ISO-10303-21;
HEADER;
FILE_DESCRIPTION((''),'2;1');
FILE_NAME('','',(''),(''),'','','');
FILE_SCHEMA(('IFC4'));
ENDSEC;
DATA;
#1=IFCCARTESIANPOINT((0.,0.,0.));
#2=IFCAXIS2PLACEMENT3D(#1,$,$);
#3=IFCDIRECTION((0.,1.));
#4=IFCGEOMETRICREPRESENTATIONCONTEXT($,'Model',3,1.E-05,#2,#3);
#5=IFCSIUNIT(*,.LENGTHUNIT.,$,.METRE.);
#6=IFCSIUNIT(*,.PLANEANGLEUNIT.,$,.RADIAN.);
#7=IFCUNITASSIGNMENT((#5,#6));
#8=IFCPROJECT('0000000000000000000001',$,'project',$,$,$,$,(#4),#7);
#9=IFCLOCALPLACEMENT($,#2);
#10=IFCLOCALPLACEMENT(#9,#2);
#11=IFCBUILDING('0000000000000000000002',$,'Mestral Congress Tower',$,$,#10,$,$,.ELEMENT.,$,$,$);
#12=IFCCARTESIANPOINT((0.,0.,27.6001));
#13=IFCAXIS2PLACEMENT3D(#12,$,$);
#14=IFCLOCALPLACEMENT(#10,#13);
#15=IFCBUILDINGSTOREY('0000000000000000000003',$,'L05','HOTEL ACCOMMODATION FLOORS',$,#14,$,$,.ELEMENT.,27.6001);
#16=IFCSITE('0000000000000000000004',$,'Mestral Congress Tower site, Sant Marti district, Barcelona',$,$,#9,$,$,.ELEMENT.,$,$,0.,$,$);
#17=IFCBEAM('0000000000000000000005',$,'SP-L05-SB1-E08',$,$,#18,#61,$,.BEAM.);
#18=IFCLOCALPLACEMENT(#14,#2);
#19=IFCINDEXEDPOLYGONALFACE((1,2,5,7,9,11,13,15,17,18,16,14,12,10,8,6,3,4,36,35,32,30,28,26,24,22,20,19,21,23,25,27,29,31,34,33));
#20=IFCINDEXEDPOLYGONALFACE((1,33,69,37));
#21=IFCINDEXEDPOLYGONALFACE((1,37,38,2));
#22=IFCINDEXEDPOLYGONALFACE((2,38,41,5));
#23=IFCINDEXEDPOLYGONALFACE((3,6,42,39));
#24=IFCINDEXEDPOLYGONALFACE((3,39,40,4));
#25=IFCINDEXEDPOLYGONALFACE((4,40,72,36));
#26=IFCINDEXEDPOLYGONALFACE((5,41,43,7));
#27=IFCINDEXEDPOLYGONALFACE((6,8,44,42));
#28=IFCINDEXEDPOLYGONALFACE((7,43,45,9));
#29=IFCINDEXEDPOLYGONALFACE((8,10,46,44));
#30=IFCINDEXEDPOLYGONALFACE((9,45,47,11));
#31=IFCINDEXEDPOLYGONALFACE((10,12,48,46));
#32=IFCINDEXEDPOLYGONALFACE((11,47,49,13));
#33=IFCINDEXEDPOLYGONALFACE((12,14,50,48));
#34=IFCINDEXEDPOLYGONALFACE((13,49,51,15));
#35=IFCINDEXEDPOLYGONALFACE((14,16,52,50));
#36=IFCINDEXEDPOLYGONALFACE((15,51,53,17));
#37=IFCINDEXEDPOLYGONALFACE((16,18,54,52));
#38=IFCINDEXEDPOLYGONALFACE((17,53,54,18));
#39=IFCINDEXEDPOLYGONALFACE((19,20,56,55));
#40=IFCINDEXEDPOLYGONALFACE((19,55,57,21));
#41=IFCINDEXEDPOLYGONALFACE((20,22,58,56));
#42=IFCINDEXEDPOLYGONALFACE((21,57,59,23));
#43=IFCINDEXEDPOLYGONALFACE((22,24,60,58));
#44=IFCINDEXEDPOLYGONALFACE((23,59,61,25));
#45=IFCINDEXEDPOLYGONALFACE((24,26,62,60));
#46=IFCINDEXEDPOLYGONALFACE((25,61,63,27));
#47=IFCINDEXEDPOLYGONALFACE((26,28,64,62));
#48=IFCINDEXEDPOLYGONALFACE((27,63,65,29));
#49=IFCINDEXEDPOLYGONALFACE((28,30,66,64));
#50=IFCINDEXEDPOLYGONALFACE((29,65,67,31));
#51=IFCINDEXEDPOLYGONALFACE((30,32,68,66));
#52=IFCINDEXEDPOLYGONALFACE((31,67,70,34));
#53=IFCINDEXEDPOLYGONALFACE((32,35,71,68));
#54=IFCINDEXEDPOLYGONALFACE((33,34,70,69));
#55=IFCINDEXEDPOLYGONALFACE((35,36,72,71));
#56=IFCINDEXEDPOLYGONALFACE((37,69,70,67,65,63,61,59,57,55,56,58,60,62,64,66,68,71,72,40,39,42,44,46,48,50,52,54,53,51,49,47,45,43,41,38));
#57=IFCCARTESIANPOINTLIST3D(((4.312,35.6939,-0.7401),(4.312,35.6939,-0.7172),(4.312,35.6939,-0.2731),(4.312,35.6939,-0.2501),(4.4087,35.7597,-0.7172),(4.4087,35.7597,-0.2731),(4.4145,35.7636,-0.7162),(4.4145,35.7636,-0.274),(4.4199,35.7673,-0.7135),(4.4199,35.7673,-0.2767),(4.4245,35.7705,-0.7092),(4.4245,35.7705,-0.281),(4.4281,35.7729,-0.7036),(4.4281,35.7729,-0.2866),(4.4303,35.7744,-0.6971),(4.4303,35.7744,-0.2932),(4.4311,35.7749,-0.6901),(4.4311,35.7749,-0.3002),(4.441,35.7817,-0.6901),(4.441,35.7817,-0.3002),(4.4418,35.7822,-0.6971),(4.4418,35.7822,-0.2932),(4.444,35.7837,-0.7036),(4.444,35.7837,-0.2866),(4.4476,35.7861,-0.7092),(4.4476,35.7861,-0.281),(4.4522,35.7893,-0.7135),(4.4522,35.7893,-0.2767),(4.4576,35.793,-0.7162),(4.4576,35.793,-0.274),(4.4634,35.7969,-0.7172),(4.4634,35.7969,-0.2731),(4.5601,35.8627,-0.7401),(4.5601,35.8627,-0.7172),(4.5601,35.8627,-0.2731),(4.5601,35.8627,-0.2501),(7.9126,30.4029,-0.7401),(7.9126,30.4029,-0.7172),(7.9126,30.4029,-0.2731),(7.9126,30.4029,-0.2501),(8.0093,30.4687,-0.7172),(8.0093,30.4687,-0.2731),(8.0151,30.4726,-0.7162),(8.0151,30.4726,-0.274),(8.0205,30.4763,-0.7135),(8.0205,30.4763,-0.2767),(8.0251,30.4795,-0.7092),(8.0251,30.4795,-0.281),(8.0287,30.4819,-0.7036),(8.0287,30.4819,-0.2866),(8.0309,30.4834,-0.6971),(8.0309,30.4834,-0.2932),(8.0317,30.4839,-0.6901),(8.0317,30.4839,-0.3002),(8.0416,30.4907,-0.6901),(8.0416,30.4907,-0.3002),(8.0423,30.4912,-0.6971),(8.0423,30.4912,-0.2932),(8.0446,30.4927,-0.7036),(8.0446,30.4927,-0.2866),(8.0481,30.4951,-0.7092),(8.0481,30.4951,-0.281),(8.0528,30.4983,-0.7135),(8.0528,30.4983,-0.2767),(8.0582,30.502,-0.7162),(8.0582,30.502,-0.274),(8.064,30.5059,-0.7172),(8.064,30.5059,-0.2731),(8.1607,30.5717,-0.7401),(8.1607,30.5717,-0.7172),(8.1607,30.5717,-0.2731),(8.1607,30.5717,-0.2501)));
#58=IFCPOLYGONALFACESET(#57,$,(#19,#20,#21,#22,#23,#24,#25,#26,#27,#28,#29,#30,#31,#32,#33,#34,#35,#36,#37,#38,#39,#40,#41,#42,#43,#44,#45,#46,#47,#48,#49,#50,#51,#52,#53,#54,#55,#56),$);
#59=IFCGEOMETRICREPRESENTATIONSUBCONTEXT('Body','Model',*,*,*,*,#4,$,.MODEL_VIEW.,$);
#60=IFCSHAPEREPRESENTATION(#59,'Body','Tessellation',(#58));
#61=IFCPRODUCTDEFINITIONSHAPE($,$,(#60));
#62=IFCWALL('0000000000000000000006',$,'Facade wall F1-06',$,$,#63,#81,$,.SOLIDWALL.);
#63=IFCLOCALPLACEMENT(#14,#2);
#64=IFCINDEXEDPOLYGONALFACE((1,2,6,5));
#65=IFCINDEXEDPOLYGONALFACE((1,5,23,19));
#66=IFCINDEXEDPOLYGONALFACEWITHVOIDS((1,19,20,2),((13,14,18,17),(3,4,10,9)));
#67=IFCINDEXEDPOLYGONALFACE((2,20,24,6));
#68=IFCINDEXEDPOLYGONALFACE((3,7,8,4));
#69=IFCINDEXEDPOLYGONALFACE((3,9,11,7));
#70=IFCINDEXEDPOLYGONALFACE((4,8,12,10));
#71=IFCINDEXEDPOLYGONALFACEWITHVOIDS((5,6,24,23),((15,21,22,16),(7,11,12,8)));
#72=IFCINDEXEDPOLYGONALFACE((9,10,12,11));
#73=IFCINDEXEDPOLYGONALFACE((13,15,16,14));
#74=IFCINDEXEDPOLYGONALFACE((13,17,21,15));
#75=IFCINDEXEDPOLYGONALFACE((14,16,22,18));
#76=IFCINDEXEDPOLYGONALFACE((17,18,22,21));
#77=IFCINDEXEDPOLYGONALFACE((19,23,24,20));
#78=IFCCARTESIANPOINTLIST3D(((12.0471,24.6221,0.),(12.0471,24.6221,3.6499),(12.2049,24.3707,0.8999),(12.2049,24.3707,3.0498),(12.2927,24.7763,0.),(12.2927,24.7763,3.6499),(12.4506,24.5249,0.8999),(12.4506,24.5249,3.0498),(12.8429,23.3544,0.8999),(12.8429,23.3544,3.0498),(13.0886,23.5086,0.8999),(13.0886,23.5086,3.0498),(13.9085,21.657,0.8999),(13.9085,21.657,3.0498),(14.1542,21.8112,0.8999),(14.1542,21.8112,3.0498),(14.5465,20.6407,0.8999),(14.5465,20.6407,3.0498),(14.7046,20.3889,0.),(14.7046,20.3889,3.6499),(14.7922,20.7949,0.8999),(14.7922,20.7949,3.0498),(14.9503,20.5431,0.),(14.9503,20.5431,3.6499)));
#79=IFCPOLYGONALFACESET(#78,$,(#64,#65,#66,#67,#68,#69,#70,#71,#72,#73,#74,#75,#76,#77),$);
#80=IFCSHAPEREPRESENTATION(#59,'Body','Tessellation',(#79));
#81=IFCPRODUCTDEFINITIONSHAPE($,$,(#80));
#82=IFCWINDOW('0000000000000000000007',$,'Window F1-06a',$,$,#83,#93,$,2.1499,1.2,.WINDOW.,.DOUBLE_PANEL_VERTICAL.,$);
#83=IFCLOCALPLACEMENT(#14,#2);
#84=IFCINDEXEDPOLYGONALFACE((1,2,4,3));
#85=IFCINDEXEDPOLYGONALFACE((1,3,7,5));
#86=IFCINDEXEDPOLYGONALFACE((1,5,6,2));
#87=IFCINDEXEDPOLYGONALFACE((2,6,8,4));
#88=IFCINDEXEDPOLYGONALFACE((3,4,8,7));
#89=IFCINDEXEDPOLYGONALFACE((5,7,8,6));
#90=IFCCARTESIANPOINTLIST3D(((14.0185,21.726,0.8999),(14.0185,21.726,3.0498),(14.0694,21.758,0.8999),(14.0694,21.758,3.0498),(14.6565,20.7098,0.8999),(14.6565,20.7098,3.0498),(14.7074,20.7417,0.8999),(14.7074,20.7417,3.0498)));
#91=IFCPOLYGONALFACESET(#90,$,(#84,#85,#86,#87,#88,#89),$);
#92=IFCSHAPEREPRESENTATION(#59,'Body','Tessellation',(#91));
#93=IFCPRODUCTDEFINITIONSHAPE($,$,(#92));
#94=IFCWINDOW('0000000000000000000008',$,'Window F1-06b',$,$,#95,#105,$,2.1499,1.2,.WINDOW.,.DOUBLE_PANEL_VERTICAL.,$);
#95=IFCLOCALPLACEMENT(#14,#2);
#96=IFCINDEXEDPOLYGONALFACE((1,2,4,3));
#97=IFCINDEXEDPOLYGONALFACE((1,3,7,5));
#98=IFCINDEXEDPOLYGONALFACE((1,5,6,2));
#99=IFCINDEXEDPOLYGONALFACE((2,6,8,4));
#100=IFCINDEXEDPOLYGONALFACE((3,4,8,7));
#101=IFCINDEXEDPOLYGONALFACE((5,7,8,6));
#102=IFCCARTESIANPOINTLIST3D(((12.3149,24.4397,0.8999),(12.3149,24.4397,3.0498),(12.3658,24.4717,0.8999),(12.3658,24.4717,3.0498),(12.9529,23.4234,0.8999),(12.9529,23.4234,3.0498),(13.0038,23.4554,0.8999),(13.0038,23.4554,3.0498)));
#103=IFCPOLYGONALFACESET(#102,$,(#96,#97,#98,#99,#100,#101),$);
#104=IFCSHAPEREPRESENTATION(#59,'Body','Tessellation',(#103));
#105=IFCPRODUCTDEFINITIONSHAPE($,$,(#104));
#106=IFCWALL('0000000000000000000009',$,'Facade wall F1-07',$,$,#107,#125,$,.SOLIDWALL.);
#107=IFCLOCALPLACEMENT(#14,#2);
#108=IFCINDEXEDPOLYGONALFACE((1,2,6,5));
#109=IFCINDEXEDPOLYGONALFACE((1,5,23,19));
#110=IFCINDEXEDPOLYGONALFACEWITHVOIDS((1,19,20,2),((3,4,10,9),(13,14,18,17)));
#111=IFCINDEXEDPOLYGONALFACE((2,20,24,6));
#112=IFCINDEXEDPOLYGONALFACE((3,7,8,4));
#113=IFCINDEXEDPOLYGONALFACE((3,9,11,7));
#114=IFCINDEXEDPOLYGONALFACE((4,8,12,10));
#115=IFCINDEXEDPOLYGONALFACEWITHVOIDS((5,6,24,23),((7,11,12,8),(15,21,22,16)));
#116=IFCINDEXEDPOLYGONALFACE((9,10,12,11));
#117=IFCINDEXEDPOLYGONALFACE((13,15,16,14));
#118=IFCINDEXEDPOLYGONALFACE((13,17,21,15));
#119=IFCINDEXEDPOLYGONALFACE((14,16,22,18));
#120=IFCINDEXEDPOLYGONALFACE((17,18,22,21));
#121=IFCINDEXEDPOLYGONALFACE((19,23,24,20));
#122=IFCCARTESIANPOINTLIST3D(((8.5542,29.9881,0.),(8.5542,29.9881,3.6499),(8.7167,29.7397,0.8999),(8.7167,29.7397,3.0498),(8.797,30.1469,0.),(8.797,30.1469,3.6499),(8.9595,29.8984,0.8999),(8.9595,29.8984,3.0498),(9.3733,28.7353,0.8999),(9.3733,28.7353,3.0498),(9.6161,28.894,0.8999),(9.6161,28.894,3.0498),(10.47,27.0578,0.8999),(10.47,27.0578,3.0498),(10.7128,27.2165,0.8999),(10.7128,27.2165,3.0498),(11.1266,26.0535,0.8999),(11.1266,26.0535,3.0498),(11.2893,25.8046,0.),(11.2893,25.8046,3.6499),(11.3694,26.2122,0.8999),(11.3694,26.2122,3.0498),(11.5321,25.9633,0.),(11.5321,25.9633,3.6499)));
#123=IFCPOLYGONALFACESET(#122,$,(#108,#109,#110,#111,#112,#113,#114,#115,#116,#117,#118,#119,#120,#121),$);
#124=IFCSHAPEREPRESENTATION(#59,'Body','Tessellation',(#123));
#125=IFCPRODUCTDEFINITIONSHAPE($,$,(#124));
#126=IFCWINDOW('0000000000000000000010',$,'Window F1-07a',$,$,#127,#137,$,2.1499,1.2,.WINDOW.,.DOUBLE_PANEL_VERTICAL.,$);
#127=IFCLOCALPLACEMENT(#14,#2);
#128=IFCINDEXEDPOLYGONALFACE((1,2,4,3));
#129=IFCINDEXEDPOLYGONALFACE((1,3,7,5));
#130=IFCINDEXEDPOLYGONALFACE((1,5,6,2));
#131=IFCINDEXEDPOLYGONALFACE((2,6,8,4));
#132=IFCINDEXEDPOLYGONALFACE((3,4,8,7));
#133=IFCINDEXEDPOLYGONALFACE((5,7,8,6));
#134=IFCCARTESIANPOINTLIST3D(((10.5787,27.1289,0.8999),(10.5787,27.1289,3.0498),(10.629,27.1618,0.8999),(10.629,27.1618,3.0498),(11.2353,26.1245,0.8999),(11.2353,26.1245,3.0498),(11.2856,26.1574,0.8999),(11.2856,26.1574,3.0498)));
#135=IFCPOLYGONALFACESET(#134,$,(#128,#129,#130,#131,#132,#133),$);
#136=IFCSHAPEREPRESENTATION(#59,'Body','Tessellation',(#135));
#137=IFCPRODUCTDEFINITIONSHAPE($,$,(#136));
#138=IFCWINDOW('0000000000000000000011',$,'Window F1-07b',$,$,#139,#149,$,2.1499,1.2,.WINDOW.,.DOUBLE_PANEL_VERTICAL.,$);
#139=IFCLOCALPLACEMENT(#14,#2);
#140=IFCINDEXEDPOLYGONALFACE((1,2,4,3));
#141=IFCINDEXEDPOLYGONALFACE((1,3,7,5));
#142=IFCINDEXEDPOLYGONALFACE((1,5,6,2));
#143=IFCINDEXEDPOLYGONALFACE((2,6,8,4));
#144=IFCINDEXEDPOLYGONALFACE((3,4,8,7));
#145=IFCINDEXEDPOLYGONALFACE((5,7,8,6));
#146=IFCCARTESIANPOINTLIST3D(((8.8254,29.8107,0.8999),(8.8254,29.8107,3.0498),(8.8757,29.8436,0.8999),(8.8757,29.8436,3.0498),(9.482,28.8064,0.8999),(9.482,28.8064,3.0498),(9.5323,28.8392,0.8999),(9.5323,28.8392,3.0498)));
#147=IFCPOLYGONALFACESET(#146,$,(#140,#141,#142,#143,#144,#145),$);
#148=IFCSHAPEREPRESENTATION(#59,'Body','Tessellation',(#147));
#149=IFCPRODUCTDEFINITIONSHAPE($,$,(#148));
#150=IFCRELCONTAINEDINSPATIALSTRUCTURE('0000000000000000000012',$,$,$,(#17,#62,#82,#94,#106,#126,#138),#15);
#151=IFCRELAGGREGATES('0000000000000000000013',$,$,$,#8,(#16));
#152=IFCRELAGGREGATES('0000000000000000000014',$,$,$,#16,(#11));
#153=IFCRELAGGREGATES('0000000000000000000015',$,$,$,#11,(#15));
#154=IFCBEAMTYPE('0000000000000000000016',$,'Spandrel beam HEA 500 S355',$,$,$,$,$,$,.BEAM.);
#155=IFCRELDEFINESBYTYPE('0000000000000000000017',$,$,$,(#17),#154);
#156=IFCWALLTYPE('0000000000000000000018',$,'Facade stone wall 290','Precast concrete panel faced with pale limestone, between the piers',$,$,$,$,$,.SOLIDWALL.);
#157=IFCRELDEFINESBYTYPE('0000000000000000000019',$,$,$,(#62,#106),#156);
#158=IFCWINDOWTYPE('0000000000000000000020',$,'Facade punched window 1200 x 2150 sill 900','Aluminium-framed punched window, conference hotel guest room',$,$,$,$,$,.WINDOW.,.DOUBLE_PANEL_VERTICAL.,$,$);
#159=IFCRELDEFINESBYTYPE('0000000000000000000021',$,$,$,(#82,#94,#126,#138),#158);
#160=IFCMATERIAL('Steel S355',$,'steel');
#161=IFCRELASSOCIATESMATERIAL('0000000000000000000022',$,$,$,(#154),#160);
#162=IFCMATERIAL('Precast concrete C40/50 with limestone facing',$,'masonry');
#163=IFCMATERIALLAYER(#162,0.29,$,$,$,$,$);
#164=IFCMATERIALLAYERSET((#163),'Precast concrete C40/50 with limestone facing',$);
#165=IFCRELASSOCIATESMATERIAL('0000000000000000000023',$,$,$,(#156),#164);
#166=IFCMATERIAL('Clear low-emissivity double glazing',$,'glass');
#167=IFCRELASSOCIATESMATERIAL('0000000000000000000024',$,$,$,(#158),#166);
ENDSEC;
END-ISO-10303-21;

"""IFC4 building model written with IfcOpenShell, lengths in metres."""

from ifc_helpers import new_model, si_unit, direction, frame, frame_2d, origin, origin_2d, place, context, subcontext, project, spatial, rectangle, i_section, extrude, material, layer, layer_set, material_profile, profile_set, type_object, element, fill, save


model = new_model("IFC4")

# Units and contexts
model_context = context("Model", 3, precision=1e-05, world=origin(), true_north=direction((0.0, 1.0)))
body_context = subcontext(model_context, "Body", "Model", "MODEL_VIEW")
ifc_project = project(units=[si_unit("LENGTHUNIT", "METRE"), si_unit("PLANEANGLEUNIT", "RADIAN")], contexts=[model_context])

# Site, building, storey
site_placement = place(None, origin())
site = spatial("IfcSite", under=ifc_project, at=site_placement, Name="Mestral Congress Tower site, Sant Marti district, Barcelona", CompositionType="ELEMENT", RefElevation=0.0)
building_placement = place(site_placement, origin())
building = spatial("IfcBuilding", under=site, at=building_placement, Name="Mestral Congress Tower", CompositionType="ELEMENT")
storey_placement = place(building_placement, frame((0.0, 0.0, 27.6001)))
storey = spatial("IfcBuildingStorey", under=building, at=storey_placement, Name="L05", Description="HOTEL ACCOMMODATION FLOORS", CompositionType="ELEMENT", Elevation=27.6001)

# Beam
ifc_material_1 = material(Name="Steel S355", Category="steel")
ifc_material_profile_1 = material_profile(ifc_material_1, i_section(OverallWidth=0.3, OverallDepth=0.49, WebThickness=0.012, FlangeThickness=0.0229, FilletRadius=0.0271, at=origin_2d()), Name="HEA 500")
ifc_profile_set_1 = profile_set([ifc_material_profile_1], Name="Steel S355")
beam_type_1 = type_object("IfcBeamType", Name="Spandrel beam HEA 500 S355", PredefinedType="BEAM", material=ifc_profile_set_1)
beam_1_placement = place(storey_placement, frame((8.0366, 30.4873, -0.4951), z_axis=(-0.562598, 0.826731, 0.0), x_axis=(-0.826731, -0.562598, 0.0)))
element("IfcBeam", 1, at=beam_1_placement, inside=storey, type_object=beam_type_1, Name="SP-L05-SB1-E08", PredefinedType="BEAM", context=body_context, shape_type="SweptSolid", body=[
    extrude(i_section(OverallWidth=0.3, OverallDepth=0.49, WebThickness=0.012, FlangeThickness=0.0229, FilletRadius=0.0271, at=origin_2d()), origin(), (0.0, 0.0, 1.0), 6.3999),
])

# Walls, openings, windows
ifc_material_2 = material(Name="Precast concrete C40/50 with limestone facing", Category="masonry")
ifc_layer_1 = layer(ifc_material_2, 0.29)
ifc_layer_set_1 = layer_set([ifc_layer_1], Name="Precast concrete C40/50 with limestone facing")
wall_type_1 = type_object("IfcWallType", Name="Facade stone wall 290", Description="Precast concrete panel faced with pale limestone, between the piers", PredefinedType="SOLIDWALL", material=ifc_layer_set_1)
wall_1_placement = place(storey_placement, frame((14.8274, 20.4661, 0.0), z_axis=(0.0, 0.0, 1.0), x_axis=(-0.531688, 0.84694, 0.0)))
wall_1 = element("IfcWall", 2, at=wall_1_placement, inside=storey, type_object=wall_type_1, Name="Facade wall F1-06", PredefinedType="SOLIDWALL", context=body_context, shape_type="SweptSolid", body=[
    extrude(rectangle(XDim=4.9983, YDim=0.29, at=frame_2d((2.499, 0.0))), origin(), (0.0, 0.0, 1.0), 3.6499),
])
opening_1_placement = place(wall_1_placement, frame((0.2971, 0.0, 0.8999)))
opening_1 = element("IfcOpeningElement", 3, at=opening_1_placement, cuts=wall_1, PredefinedType="OPENING", context=body_context, shape_type="SweptSolid", body=[
    extrude(rectangle(XDim=1.2, YDim=2.1499, at=frame_2d((0.6001, 1.075))), frame((0.0, 0.155, 0.0), z_axis=(0.0, -1.0, 0.0), x_axis=(1.0, 0.0, 0.0)), (0.0, 0.0, 1.0), 0.3101),
])
opening_2_placement = place(wall_1_placement, frame((3.5012, 0.0, 0.8999)))
opening_2 = element("IfcOpeningElement", 4, at=opening_2_placement, cuts=wall_1, PredefinedType="OPENING", context=body_context, shape_type="SweptSolid", body=[
    extrude(rectangle(XDim=1.2, YDim=2.1499, at=frame_2d((0.6001, 1.075))), frame((0.0, 0.155, 0.0), z_axis=(0.0, -1.0, 0.0), x_axis=(1.0, 0.0, 0.0)), (0.0, 0.0, 1.0), 0.3101),
])
ifc_material_3 = material(Name="Clear low-emissivity double glazing", Category="glass")
window_type = type_object("IfcWindowType", Name="Facade punched window 1200 x 2150 sill 900", Description="Aluminium-framed punched window, conference hotel guest room", PartitioningType="DOUBLE_PANEL_VERTICAL", PredefinedType="WINDOW", material=ifc_material_3)
window_1_placement = place(opening_1_placement, origin())
window_1 = element("IfcWindow", 5, at=window_1_placement, inside=storey, type_object=window_type, Name="Window F1-06a", OverallHeight=2.1499, OverallWidth=1.2, PartitioningType="DOUBLE_PANEL_VERTICAL", PredefinedType="WINDOW", context=body_context, shape_type="SweptSolid", body=[
    extrude(rectangle(XDim=1.2, YDim=2.1499, at=frame_2d((0.6001, 1.075))), frame((0.0, 0.0151, 0.0), z_axis=(0.0, -1.0, 0.0), x_axis=(1.0, 0.0, 0.0)), (0.0, 0.0, 1.0), 0.0601),
])
fill(opening_1, window_1)
window_2_placement = place(opening_2_placement, origin())
window_2 = element("IfcWindow", 6, at=window_2_placement, inside=storey, type_object=window_type, Name="Window F1-06b", OverallHeight=2.1499, OverallWidth=1.2, PartitioningType="DOUBLE_PANEL_VERTICAL", PredefinedType="WINDOW", context=body_context, shape_type="SweptSolid", body=[
    extrude(rectangle(XDim=1.2, YDim=2.1499, at=frame_2d((0.6001, 1.075))), frame((0.0, 0.0151, 0.0), z_axis=(0.0, -1.0, 0.0), x_axis=(1.0, 0.0, 0.0)), (0.0, 0.0, 1.0), 0.0601),
])
fill(opening_2, window_2)
wall_2_placement = place(storey_placement, frame((11.4106, 25.884, 0.0), z_axis=(0.0, 0.0, 1.0), x_axis=(-0.547205, 0.836999, 0.0)))
wall_2 = element("IfcWall", 7, at=wall_2_placement, inside=storey, type_object=wall_type_1, Name="Facade wall F1-07", PredefinedType="SOLIDWALL", context=body_context, shape_type="SweptSolid", body=[
    extrude(rectangle(XDim=4.9983, YDim=0.29, at=frame_2d((2.499, 0.0))), origin(), (0.0, 0.0, 1.0), 3.6499),
])
opening_3_placement = place(wall_2_placement, frame((0.2971, 0.0, 0.8999)))
opening_3 = element("IfcOpeningElement", 8, at=opening_3_placement, cuts=wall_2, PredefinedType="OPENING", context=body_context, shape_type="SweptSolid", body=[
    extrude(rectangle(XDim=1.2, YDim=2.1499, at=frame_2d((0.6001, 1.075))), frame((0.0, 0.155, 0.0), z_axis=(0.0, -1.0, 0.0), x_axis=(1.0, 0.0, 0.0)), (0.0, 0.0, 1.0), 0.3101),
])
opening_4_placement = place(wall_2_placement, frame((3.5012, 0.0, 0.8999)))
opening_4 = element("IfcOpeningElement", 9, at=opening_4_placement, cuts=wall_2, PredefinedType="OPENING", context=body_context, shape_type="SweptSolid", body=[
    extrude(rectangle(XDim=1.2, YDim=2.1499, at=frame_2d((0.6001, 1.075))), frame((0.0, 0.155, 0.0), z_axis=(0.0, -1.0, 0.0), x_axis=(1.0, 0.0, 0.0)), (0.0, 0.0, 1.0), 0.3101),
])
window_3_placement = place(opening_3_placement, origin())
window_3 = element("IfcWindow", 10, at=window_3_placement, inside=storey, type_object=window_type, Name="Window F1-07a", OverallHeight=2.1499, OverallWidth=1.2, PartitioningType="DOUBLE_PANEL_VERTICAL", PredefinedType="WINDOW", context=body_context, shape_type="SweptSolid", body=[
    extrude(rectangle(XDim=1.2, YDim=2.1499, at=frame_2d((0.6001, 1.075))), frame((0.0, 0.0151, 0.0), z_axis=(0.0, -1.0, 0.0), x_axis=(1.0, 0.0, 0.0)), (0.0, 0.0, 1.0), 0.0601),
])
fill(opening_3, window_3)
window_4_placement = place(opening_4_placement, origin())
window_4 = element("IfcWindow", 11, at=window_4_placement, inside=storey, type_object=window_type, Name="Window F1-07b", OverallHeight=2.1499, OverallWidth=1.2, PartitioningType="DOUBLE_PANEL_VERTICAL", PredefinedType="WINDOW", context=body_context, shape_type="SweptSolid", body=[
    extrude(rectangle(XDim=1.2, YDim=2.1499, at=frame_2d((0.6001, 1.075))), frame((0.0, 0.0151, 0.0), z_axis=(0.0, -1.0, 0.0), x_axis=(1.0, 0.0, 0.0)), (0.0, 0.0, 1.0), 0.0601),
])
fill(opening_4, window_4)

save(model, "model.ifc")
